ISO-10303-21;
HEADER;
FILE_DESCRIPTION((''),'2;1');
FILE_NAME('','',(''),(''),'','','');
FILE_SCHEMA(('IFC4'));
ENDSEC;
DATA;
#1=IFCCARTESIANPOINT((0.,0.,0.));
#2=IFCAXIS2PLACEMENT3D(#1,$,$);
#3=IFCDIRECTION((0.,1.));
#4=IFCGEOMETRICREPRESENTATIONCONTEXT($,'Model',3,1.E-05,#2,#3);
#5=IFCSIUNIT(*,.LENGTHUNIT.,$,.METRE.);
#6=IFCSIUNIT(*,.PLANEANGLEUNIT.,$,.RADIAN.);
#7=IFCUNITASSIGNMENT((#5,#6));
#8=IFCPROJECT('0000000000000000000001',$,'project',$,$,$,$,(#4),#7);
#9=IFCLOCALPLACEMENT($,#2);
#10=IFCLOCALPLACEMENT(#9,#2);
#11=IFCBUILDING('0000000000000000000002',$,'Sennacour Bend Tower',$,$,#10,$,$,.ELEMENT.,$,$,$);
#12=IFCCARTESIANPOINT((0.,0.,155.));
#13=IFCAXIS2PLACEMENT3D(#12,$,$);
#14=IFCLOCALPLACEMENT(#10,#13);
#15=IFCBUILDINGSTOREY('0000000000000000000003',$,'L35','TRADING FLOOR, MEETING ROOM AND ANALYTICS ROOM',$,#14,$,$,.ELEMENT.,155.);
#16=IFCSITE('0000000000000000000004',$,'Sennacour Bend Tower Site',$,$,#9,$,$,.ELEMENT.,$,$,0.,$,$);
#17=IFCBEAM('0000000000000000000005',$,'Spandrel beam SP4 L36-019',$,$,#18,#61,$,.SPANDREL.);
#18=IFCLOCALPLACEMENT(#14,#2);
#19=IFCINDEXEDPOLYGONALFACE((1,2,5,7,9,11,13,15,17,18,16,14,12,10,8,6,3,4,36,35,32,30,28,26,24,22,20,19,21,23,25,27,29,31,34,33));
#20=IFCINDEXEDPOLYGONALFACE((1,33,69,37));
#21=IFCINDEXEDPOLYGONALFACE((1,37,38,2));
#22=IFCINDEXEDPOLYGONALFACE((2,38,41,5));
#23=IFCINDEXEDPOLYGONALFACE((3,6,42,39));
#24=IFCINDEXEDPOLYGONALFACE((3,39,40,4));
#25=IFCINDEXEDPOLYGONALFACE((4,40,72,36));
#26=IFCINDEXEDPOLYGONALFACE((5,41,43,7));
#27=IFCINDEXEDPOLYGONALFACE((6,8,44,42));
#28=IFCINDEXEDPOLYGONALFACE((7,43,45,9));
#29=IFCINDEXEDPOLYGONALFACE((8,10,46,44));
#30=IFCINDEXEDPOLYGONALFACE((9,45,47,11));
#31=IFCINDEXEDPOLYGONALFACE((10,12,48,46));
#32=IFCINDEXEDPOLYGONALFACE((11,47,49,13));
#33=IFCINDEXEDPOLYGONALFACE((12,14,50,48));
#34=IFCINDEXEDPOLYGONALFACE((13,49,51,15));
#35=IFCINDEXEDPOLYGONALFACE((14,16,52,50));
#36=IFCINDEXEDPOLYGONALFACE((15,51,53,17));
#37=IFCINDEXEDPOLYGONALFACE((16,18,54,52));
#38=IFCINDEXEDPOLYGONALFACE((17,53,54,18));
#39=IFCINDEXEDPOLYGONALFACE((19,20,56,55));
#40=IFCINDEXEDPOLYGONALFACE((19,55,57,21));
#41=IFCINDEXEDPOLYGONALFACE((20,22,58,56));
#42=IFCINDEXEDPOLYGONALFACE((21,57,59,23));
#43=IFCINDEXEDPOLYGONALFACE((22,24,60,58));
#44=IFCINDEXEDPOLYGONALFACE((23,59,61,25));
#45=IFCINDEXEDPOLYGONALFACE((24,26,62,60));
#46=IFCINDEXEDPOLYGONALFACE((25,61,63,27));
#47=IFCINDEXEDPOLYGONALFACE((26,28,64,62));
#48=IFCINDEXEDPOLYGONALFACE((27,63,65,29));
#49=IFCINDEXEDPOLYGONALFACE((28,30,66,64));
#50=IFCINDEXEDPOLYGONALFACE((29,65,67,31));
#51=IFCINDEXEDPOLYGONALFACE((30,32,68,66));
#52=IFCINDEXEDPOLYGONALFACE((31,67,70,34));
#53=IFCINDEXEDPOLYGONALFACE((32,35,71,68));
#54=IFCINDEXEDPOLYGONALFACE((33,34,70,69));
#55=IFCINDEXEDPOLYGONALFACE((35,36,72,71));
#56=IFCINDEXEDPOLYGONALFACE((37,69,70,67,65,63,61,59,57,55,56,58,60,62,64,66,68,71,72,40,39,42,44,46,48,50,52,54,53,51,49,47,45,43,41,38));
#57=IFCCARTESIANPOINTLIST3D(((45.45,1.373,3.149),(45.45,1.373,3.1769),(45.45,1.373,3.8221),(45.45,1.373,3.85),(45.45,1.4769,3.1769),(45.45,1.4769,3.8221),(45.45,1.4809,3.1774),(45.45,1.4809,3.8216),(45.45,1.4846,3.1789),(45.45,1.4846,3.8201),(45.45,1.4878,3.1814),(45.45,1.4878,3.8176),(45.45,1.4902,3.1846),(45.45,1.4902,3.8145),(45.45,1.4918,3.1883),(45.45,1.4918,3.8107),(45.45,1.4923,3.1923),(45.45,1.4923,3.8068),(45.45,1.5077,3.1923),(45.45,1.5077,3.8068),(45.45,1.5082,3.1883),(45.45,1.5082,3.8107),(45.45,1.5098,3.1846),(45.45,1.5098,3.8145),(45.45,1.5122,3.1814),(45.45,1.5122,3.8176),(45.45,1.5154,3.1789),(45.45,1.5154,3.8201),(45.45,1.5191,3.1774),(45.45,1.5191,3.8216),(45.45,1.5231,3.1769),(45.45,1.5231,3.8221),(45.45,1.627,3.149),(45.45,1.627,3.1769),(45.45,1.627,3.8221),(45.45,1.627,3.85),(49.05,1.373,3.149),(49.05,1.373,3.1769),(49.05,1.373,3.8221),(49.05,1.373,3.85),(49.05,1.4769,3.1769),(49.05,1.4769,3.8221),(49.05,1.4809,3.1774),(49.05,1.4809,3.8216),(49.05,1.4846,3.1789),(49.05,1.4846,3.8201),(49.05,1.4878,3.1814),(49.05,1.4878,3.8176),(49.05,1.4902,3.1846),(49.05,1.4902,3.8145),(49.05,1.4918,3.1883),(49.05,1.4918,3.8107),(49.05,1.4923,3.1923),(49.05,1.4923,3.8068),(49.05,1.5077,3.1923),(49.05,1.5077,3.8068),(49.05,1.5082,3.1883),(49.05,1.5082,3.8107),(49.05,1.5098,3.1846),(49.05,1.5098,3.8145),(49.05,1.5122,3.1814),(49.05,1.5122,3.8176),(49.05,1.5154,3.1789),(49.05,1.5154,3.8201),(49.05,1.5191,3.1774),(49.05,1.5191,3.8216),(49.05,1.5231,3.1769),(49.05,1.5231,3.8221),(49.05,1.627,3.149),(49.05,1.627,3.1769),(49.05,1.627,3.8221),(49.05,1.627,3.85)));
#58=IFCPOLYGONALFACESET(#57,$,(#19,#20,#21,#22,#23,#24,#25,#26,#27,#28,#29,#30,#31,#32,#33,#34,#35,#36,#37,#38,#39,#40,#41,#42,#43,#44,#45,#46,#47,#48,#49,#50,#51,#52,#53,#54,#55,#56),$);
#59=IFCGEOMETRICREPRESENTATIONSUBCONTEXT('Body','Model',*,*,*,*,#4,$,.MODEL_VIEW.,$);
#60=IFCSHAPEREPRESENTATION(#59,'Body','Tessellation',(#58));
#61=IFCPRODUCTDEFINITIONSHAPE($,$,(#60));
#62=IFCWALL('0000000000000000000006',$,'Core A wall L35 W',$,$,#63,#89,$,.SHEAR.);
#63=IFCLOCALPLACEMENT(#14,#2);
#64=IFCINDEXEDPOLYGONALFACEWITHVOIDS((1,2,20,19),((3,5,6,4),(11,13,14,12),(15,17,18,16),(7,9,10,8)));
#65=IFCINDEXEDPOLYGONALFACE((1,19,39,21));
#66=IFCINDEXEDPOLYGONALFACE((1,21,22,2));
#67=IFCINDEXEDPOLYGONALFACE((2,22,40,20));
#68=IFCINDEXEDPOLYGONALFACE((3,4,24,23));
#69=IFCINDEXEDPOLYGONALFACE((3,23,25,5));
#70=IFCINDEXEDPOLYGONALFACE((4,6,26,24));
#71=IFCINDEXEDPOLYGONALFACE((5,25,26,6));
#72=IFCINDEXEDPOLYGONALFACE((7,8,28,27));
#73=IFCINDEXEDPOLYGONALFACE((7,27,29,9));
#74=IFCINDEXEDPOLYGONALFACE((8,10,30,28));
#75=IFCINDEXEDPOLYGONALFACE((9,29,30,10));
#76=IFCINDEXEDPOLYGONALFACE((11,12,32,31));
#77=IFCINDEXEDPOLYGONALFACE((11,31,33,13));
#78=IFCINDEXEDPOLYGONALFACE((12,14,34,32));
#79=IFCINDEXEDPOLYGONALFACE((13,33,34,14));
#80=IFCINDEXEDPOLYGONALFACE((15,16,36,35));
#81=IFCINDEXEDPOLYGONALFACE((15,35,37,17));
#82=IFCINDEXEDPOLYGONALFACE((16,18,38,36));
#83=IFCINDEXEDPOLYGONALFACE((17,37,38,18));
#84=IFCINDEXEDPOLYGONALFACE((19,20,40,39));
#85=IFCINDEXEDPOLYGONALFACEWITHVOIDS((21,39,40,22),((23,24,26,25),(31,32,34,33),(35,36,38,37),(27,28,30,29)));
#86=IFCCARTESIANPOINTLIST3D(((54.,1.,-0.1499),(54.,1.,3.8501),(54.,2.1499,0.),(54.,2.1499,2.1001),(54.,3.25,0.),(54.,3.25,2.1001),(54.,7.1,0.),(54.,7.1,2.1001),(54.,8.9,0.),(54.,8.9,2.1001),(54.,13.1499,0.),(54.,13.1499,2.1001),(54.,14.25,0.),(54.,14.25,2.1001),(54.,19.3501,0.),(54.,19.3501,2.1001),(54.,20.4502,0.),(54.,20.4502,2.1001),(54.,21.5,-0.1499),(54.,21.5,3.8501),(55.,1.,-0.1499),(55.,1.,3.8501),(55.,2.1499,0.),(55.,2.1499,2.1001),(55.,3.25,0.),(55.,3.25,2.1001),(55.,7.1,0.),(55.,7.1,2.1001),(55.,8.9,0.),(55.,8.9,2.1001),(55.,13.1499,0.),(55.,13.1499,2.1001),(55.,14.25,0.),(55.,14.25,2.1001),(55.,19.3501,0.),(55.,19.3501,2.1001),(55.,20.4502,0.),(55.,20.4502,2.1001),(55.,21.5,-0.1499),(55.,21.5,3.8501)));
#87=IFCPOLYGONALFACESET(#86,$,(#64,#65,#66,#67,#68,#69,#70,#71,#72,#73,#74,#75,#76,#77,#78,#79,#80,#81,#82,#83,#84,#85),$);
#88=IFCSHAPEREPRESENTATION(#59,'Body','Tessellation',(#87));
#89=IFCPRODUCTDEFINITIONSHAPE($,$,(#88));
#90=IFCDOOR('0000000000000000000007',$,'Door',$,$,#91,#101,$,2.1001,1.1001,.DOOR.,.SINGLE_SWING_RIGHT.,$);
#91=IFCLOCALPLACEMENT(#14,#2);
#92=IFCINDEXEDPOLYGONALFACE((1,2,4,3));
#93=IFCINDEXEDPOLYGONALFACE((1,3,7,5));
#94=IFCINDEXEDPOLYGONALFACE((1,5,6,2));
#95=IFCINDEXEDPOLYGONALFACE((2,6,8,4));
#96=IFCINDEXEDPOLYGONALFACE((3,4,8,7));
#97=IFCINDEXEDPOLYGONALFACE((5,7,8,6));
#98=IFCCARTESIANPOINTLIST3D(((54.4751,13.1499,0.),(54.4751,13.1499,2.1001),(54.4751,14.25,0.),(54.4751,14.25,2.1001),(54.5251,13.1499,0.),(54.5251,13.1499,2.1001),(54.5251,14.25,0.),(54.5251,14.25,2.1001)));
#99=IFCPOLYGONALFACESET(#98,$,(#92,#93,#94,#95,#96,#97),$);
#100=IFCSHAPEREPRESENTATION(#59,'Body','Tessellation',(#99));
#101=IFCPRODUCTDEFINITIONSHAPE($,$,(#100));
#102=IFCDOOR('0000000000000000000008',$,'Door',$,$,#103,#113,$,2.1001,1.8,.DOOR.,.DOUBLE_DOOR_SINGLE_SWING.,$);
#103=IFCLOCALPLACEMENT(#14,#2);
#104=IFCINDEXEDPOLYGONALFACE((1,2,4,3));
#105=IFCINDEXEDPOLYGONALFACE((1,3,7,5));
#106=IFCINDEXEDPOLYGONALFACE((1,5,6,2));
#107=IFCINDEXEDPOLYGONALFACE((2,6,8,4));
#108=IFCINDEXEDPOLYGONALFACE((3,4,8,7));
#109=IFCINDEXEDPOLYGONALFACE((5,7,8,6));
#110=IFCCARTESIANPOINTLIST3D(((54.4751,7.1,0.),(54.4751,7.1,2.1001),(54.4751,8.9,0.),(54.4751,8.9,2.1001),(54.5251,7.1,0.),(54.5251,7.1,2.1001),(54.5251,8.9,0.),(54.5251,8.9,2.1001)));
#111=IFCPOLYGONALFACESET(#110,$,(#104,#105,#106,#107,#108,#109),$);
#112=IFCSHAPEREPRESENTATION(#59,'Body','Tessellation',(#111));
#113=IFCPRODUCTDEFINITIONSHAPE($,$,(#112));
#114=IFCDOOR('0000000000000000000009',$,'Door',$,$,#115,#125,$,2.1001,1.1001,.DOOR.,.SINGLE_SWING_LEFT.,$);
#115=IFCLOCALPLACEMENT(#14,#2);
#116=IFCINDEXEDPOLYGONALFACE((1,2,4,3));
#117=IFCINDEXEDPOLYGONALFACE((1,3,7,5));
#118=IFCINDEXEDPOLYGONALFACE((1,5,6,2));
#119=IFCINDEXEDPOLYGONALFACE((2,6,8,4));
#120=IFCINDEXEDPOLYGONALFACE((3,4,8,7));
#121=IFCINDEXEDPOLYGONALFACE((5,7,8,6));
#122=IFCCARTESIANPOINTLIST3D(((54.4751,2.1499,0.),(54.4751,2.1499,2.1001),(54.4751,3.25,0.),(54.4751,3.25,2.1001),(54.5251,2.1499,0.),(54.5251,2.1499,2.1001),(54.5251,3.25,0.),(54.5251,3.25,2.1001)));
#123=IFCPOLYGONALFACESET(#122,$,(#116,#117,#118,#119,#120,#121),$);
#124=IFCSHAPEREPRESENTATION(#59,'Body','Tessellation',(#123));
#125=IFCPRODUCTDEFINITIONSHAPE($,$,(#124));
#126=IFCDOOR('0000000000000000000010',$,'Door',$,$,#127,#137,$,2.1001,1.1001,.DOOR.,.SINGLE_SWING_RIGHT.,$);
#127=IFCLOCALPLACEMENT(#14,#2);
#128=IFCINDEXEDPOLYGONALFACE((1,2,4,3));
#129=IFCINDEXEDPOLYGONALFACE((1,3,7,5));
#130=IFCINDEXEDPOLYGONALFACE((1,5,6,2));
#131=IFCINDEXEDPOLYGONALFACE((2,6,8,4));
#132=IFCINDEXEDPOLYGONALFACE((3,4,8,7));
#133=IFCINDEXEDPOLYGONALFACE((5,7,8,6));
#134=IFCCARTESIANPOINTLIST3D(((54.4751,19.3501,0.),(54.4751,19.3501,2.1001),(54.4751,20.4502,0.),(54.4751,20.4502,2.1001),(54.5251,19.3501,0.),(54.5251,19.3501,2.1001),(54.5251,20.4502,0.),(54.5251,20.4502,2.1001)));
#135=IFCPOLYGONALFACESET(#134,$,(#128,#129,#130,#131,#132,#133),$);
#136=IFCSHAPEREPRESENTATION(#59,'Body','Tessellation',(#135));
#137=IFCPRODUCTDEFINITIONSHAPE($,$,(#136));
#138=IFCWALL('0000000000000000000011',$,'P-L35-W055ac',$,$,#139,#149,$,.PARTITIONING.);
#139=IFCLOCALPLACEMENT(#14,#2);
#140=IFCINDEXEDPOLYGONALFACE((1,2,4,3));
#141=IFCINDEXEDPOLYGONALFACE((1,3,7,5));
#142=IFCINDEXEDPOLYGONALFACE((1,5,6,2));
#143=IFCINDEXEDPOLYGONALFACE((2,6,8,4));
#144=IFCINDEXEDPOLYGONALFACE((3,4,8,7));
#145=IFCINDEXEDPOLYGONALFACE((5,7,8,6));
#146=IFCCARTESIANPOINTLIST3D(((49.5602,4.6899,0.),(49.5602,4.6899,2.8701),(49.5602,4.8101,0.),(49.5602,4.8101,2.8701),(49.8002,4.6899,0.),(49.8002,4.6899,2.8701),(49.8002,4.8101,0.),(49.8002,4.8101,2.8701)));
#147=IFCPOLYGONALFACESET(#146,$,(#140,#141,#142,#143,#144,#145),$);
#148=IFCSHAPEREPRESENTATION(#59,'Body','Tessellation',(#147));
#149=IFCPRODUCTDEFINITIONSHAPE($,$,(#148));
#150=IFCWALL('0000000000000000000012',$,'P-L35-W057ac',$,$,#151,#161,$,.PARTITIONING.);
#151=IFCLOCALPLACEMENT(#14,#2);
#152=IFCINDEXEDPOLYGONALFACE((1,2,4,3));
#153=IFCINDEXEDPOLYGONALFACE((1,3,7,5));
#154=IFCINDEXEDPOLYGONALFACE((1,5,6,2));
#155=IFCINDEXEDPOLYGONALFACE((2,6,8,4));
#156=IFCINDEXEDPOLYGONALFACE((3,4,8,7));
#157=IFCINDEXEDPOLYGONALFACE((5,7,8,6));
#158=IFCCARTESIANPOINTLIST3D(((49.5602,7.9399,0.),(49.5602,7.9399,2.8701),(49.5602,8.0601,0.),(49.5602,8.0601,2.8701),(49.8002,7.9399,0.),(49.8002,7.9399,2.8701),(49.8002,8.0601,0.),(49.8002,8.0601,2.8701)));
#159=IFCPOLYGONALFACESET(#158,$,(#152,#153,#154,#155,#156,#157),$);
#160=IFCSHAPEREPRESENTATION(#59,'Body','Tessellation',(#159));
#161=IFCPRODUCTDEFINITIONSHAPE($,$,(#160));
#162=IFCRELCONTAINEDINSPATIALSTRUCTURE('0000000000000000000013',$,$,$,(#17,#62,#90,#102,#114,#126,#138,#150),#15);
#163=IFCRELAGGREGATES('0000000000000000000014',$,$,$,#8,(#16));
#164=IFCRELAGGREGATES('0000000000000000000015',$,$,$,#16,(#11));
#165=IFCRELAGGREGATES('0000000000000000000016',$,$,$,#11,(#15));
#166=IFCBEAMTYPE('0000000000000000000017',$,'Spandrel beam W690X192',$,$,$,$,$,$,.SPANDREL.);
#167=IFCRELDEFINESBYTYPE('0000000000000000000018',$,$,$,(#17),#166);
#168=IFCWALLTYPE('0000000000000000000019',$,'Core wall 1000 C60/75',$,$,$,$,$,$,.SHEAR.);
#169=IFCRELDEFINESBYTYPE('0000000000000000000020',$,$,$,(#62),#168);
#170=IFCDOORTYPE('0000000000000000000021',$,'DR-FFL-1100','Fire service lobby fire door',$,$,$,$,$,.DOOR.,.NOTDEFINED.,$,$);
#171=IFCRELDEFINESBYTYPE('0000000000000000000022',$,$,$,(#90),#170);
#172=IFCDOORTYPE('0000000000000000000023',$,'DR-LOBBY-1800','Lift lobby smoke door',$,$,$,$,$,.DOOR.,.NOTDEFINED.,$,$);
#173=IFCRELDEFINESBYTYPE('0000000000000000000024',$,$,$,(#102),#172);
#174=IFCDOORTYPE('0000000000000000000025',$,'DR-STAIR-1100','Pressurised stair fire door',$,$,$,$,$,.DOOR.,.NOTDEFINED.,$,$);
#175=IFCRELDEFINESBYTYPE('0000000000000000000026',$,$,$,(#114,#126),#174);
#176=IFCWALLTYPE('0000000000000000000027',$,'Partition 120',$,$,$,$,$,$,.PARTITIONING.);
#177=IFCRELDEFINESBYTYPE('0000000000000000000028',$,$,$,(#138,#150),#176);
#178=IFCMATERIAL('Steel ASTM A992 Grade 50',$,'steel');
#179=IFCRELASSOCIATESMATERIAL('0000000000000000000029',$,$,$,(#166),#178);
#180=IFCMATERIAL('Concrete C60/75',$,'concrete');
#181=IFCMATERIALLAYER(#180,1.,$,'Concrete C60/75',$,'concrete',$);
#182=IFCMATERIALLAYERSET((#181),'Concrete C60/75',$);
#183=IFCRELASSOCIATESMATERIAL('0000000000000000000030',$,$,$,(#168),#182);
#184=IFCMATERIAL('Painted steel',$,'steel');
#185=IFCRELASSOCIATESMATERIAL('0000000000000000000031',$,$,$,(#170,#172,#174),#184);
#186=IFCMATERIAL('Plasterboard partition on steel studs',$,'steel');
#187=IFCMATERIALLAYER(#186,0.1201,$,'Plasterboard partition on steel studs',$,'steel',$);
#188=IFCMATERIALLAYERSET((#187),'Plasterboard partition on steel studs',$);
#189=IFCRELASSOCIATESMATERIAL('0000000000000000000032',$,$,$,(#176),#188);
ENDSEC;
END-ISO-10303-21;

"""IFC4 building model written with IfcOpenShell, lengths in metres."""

from ifc_helpers import new_model, si_unit, direction, frame, frame_2d, origin, origin_2d, place, context, subcontext, project, spatial, rectangle, i_section, extrude, material, layer, layer_set, material_profile, profile_set, type_object, element, fill, save


model = new_model("IFC4")

# Units and contexts
model_context = context("Model", 3, precision=1e-05, world=origin(), true_north=direction((0.0, 1.0)))
body_context = subcontext(model_context, "Body", "Model", "MODEL_VIEW")
ifc_project = project(units=[si_unit("LENGTHUNIT", "METRE"), si_unit("PLANEANGLEUNIT", "RADIAN")], contexts=[model_context])

# Site, building, storey
site_placement = place(None, origin())
site = spatial("IfcSite", under=ifc_project, at=site_placement, Name="Sennacour Bend Tower Site", CompositionType="ELEMENT", RefElevation=0.0)
building_placement = place(site_placement, origin())
building = spatial("IfcBuilding", under=site, at=building_placement, Name="Sennacour Bend Tower", CompositionType="ELEMENT")
storey_placement = place(building_placement, frame((0.0, 0.0, 155.0)))
storey = spatial("IfcBuildingStorey", under=building, at=storey_placement, Name="L35", Description="TRADING FLOOR, MEETING ROOM AND ANALYTICS ROOM", CompositionType="ELEMENT", Elevation=155.0)

# Beam
ifc_material_1 = material(Name="Steel ASTM A992 Grade 50", Category="steel")
ifc_material_profile_1 = material_profile(ifc_material_1, i_section(OverallWidth=0.2539, OverallDepth=0.7009, WebThickness=0.0154, FlangeThickness=0.0278, FilletRadius=0.0154, at=origin_2d()), Name="Steel ASTM A992 Grade 50", Category="steel")
ifc_profile_set_1 = profile_set([ifc_material_profile_1], Name="Steel ASTM A992 Grade 50")
beam_type_1 = type_object("IfcBeamType", Name="Spandrel beam W690X192", PredefinedType="SPANDREL", material=ifc_profile_set_1)
beam_1_placement = place(storey_placement, frame((49.05, 1.5, 3.4995), z_axis=(-1.0, 0.0, 0.0), x_axis=(0.0, -1.0, 0.0)))
element("IfcBeam", 1, at=beam_1_placement, inside=storey, type_object=beam_type_1, Name="Spandrel beam SP4 L36-019", PredefinedType="SPANDREL", context=body_context, shape_type="SweptSolid", body=[
    extrude(i_section(OverallWidth=0.2539, OverallDepth=0.7009, WebThickness=0.0154, FlangeThickness=0.0278, FilletRadius=0.0154, at=origin_2d()), origin(), (0.0, 0.0, 1.0), 3.6001),
])

# Wall, openings, doors
ifc_material_2 = material(Name="Concrete C60/75", Category="concrete")
ifc_layer_1 = layer(ifc_material_2, 1.0, Name="Concrete C60/75", Category="concrete")
ifc_layer_set_1 = layer_set([ifc_layer_1], Name="Concrete C60/75")
wall_type_1 = type_object("IfcWallType", Name="Core wall 1000 C60/75", PredefinedType="SHEAR", material=ifc_layer_set_1)
wall_1_placement = place(storey_placement, frame((54.5, 1.0, -0.1499), z_axis=(0.0, 0.0, 1.0), x_axis=(0.0, 1.0, 0.0)))
wall_1 = element("IfcWall", 2, at=wall_1_placement, inside=storey, type_object=wall_type_1, Name="Core A wall L35 W", PredefinedType="SHEAR", context=body_context, shape_type="SweptSolid", body=[
    extrude(rectangle(XDim=20.5, YDim=1.0, at=frame_2d((10.25, 0.0))), origin(), (0.0, 0.0, 1.0), 4.0),
])
opening_1_placement = place(wall_1_placement, frame((6.1001, 0.0, 0.1499)))
opening_1 = element("IfcOpeningElement", 3, at=opening_1_placement, cuts=wall_1, PredefinedType="OPENING", context=body_context, shape_type="SweptSolid", body=[
    extrude(rectangle(XDim=1.8, YDim=2.1001, at=frame_2d((0.8999, 1.05))), frame((0.0, 0.51, 0.0), z_axis=(0.0, -1.0, 0.0), x_axis=(1.0, 0.0, 0.0)), (0.0, 0.0, 1.0), 1.02),
])
opening_2_placement = place(wall_1_placement, frame((12.1499, 0.0, 0.1499)))
opening_2 = element("IfcOpeningElement", 4, at=opening_2_placement, cuts=wall_1, PredefinedType="OPENING", context=body_context, shape_type="SweptSolid", body=[
    extrude(rectangle(XDim=1.1001, YDim=2.1001, at=frame_2d((0.55, 1.05))), frame((0.0, 0.51, 0.0), z_axis=(0.0, -1.0, 0.0), x_axis=(1.0, 0.0, 0.0)), (0.0, 0.0, 1.0), 1.02),
])
opening_3_placement = place(wall_1_placement, frame((1.1499, 0.0, 0.1499)))
opening_3 = element("IfcOpeningElement", 5, at=opening_3_placement, cuts=wall_1, PredefinedType="OPENING", context=body_context, shape_type="SweptSolid", body=[
    extrude(rectangle(XDim=1.1001, YDim=2.1001, at=frame_2d((0.55, 1.05))), frame((0.0, 0.51, 0.0), z_axis=(0.0, -1.0, 0.0), x_axis=(1.0, 0.0, 0.0)), (0.0, 0.0, 1.0), 1.02),
])
opening_4_placement = place(wall_1_placement, frame((18.3501, 0.0, 0.1499)))
opening_4 = element("IfcOpeningElement", 6, at=opening_4_placement, cuts=wall_1, PredefinedType="OPENING", context=body_context, shape_type="SweptSolid", body=[
    extrude(rectangle(XDim=1.1001, YDim=2.1001, at=frame_2d((0.55, 1.05))), frame((0.0, 0.51, 0.0), z_axis=(0.0, -1.0, 0.0), x_axis=(1.0, 0.0, 0.0)), (0.0, 0.0, 1.0), 1.02),
])
ifc_material_3 = material(Name="Painted steel", Category="steel")
door_type_1 = type_object("IfcDoorType", Name="DR-FFL-1100", Description="Fire service lobby fire door", OperationType="NOTDEFINED", PredefinedType="DOOR", material=ifc_material_3)
door_1_placement = place(opening_2_placement, origin())
door_1 = element("IfcDoor", 7, at=door_1_placement, inside=storey, type_object=door_type_1, Name="Door", OperationType="SINGLE_SWING_RIGHT", OverallHeight=2.1001, OverallWidth=1.1001, PredefinedType="DOOR", context=body_context, shape_type="SweptSolid", body=[
    extrude(rectangle(XDim=1.1001, YDim=2.1001, at=frame_2d((0.55, 1.05))), frame((0.0, 0.0249, 0.0), z_axis=(0.0, -1.0, 0.0), x_axis=(1.0, 0.0, 0.0)), (0.0, 0.0, 1.0), 0.05),
])
fill(opening_2, door_1)
door_type_2 = type_object("IfcDoorType", Name="DR-LOBBY-1800", Description="Lift lobby smoke door", OperationType="NOTDEFINED", PredefinedType="DOOR", material=ifc_material_3)
door_2_placement = place(opening_1_placement, origin())
door_2 = element("IfcDoor", 8, at=door_2_placement, inside=storey, type_object=door_type_2, Name="Door", OperationType="DOUBLE_DOOR_SINGLE_SWING", OverallHeight=2.1001, OverallWidth=1.8, PredefinedType="DOOR", context=body_context, shape_type="SweptSolid", body=[
    extrude(rectangle(XDim=1.8, YDim=2.1001, at=frame_2d((0.8999, 1.05))), frame((0.0, 0.0249, 0.0), z_axis=(0.0, -1.0, 0.0), x_axis=(1.0, 0.0, 0.0)), (0.0, 0.0, 1.0), 0.05),
])
fill(opening_1, door_2)
door_type_3 = type_object("IfcDoorType", Name="DR-STAIR-1100", Description="Pressurised stair fire door", OperationType="NOTDEFINED", PredefinedType="DOOR", material=ifc_material_3)
door_3_placement = place(opening_3_placement, origin())
door_3 = element("IfcDoor", 9, at=door_3_placement, inside=storey, type_object=door_type_3, Name="Door", OperationType="SINGLE_SWING_LEFT", OverallHeight=2.1001, OverallWidth=1.1001, PredefinedType="DOOR", context=body_context, shape_type="SweptSolid", body=[
    extrude(rectangle(XDim=1.1001, YDim=2.1001, at=frame_2d((0.55, 1.05))), frame((0.0, 0.0249, 0.0), z_axis=(0.0, -1.0, 0.0), x_axis=(1.0, 0.0, 0.0)), (0.0, 0.0, 1.0), 0.05),
])
fill(opening_3, door_3)
door_4_placement = place(opening_4_placement, origin())
door_4 = element("IfcDoor", 10, at=door_4_placement, inside=storey, type_object=door_type_3, Name="Door", OperationType="SINGLE_SWING_RIGHT", OverallHeight=2.1001, OverallWidth=1.1001, PredefinedType="DOOR", context=body_context, shape_type="SweptSolid", body=[
    extrude(rectangle(XDim=1.1001, YDim=2.1001, at=frame_2d((0.55, 1.05))), frame((0.0, 0.0249, 0.0), z_axis=(0.0, -1.0, 0.0), x_axis=(1.0, 0.0, 0.0)), (0.0, 0.0, 1.0), 0.05),
])
fill(opening_4, door_4)

# Walls
ifc_material_4 = material(Name="Plasterboard partition on steel studs", Category="steel")
ifc_layer_2 = layer(ifc_material_4, 0.1201, Name="Plasterboard partition on steel studs", Category="steel")
ifc_layer_set_2 = layer_set([ifc_layer_2], Name="Plasterboard partition on steel studs")
wall_type_2 = type_object("IfcWallType", Name="Partition 120", PredefinedType="PARTITIONING", material=ifc_layer_set_2)
for number, where, z_axis, x_axis, name in (
    (11, (49.5601, 4.75, 0.0), (0.0, 0.0, 1.0), (1.0, 0.0, 0.0), "P-L35-W055ac"),
    (12, (49.5601, 8.0, 0.0), (0.0, 0.0, 1.0), (1.0, 0.0, 0.0), "P-L35-W057ac"),
):
    element("IfcWall", number, at=place(storey_placement, frame(where, z_axis=z_axis, x_axis=x_axis)), inside=storey, type_object=wall_type_2, Name=name, PredefinedType="PARTITIONING", context=body_context, shape_type="SweptSolid", body=[
        extrude(rectangle(XDim=0.24, YDim=0.1201, at=frame_2d((0.1201, 0.0))), origin(), (0.0, 0.0, 1.0), 2.8701),
    ])

save(model, "model.ifc")
